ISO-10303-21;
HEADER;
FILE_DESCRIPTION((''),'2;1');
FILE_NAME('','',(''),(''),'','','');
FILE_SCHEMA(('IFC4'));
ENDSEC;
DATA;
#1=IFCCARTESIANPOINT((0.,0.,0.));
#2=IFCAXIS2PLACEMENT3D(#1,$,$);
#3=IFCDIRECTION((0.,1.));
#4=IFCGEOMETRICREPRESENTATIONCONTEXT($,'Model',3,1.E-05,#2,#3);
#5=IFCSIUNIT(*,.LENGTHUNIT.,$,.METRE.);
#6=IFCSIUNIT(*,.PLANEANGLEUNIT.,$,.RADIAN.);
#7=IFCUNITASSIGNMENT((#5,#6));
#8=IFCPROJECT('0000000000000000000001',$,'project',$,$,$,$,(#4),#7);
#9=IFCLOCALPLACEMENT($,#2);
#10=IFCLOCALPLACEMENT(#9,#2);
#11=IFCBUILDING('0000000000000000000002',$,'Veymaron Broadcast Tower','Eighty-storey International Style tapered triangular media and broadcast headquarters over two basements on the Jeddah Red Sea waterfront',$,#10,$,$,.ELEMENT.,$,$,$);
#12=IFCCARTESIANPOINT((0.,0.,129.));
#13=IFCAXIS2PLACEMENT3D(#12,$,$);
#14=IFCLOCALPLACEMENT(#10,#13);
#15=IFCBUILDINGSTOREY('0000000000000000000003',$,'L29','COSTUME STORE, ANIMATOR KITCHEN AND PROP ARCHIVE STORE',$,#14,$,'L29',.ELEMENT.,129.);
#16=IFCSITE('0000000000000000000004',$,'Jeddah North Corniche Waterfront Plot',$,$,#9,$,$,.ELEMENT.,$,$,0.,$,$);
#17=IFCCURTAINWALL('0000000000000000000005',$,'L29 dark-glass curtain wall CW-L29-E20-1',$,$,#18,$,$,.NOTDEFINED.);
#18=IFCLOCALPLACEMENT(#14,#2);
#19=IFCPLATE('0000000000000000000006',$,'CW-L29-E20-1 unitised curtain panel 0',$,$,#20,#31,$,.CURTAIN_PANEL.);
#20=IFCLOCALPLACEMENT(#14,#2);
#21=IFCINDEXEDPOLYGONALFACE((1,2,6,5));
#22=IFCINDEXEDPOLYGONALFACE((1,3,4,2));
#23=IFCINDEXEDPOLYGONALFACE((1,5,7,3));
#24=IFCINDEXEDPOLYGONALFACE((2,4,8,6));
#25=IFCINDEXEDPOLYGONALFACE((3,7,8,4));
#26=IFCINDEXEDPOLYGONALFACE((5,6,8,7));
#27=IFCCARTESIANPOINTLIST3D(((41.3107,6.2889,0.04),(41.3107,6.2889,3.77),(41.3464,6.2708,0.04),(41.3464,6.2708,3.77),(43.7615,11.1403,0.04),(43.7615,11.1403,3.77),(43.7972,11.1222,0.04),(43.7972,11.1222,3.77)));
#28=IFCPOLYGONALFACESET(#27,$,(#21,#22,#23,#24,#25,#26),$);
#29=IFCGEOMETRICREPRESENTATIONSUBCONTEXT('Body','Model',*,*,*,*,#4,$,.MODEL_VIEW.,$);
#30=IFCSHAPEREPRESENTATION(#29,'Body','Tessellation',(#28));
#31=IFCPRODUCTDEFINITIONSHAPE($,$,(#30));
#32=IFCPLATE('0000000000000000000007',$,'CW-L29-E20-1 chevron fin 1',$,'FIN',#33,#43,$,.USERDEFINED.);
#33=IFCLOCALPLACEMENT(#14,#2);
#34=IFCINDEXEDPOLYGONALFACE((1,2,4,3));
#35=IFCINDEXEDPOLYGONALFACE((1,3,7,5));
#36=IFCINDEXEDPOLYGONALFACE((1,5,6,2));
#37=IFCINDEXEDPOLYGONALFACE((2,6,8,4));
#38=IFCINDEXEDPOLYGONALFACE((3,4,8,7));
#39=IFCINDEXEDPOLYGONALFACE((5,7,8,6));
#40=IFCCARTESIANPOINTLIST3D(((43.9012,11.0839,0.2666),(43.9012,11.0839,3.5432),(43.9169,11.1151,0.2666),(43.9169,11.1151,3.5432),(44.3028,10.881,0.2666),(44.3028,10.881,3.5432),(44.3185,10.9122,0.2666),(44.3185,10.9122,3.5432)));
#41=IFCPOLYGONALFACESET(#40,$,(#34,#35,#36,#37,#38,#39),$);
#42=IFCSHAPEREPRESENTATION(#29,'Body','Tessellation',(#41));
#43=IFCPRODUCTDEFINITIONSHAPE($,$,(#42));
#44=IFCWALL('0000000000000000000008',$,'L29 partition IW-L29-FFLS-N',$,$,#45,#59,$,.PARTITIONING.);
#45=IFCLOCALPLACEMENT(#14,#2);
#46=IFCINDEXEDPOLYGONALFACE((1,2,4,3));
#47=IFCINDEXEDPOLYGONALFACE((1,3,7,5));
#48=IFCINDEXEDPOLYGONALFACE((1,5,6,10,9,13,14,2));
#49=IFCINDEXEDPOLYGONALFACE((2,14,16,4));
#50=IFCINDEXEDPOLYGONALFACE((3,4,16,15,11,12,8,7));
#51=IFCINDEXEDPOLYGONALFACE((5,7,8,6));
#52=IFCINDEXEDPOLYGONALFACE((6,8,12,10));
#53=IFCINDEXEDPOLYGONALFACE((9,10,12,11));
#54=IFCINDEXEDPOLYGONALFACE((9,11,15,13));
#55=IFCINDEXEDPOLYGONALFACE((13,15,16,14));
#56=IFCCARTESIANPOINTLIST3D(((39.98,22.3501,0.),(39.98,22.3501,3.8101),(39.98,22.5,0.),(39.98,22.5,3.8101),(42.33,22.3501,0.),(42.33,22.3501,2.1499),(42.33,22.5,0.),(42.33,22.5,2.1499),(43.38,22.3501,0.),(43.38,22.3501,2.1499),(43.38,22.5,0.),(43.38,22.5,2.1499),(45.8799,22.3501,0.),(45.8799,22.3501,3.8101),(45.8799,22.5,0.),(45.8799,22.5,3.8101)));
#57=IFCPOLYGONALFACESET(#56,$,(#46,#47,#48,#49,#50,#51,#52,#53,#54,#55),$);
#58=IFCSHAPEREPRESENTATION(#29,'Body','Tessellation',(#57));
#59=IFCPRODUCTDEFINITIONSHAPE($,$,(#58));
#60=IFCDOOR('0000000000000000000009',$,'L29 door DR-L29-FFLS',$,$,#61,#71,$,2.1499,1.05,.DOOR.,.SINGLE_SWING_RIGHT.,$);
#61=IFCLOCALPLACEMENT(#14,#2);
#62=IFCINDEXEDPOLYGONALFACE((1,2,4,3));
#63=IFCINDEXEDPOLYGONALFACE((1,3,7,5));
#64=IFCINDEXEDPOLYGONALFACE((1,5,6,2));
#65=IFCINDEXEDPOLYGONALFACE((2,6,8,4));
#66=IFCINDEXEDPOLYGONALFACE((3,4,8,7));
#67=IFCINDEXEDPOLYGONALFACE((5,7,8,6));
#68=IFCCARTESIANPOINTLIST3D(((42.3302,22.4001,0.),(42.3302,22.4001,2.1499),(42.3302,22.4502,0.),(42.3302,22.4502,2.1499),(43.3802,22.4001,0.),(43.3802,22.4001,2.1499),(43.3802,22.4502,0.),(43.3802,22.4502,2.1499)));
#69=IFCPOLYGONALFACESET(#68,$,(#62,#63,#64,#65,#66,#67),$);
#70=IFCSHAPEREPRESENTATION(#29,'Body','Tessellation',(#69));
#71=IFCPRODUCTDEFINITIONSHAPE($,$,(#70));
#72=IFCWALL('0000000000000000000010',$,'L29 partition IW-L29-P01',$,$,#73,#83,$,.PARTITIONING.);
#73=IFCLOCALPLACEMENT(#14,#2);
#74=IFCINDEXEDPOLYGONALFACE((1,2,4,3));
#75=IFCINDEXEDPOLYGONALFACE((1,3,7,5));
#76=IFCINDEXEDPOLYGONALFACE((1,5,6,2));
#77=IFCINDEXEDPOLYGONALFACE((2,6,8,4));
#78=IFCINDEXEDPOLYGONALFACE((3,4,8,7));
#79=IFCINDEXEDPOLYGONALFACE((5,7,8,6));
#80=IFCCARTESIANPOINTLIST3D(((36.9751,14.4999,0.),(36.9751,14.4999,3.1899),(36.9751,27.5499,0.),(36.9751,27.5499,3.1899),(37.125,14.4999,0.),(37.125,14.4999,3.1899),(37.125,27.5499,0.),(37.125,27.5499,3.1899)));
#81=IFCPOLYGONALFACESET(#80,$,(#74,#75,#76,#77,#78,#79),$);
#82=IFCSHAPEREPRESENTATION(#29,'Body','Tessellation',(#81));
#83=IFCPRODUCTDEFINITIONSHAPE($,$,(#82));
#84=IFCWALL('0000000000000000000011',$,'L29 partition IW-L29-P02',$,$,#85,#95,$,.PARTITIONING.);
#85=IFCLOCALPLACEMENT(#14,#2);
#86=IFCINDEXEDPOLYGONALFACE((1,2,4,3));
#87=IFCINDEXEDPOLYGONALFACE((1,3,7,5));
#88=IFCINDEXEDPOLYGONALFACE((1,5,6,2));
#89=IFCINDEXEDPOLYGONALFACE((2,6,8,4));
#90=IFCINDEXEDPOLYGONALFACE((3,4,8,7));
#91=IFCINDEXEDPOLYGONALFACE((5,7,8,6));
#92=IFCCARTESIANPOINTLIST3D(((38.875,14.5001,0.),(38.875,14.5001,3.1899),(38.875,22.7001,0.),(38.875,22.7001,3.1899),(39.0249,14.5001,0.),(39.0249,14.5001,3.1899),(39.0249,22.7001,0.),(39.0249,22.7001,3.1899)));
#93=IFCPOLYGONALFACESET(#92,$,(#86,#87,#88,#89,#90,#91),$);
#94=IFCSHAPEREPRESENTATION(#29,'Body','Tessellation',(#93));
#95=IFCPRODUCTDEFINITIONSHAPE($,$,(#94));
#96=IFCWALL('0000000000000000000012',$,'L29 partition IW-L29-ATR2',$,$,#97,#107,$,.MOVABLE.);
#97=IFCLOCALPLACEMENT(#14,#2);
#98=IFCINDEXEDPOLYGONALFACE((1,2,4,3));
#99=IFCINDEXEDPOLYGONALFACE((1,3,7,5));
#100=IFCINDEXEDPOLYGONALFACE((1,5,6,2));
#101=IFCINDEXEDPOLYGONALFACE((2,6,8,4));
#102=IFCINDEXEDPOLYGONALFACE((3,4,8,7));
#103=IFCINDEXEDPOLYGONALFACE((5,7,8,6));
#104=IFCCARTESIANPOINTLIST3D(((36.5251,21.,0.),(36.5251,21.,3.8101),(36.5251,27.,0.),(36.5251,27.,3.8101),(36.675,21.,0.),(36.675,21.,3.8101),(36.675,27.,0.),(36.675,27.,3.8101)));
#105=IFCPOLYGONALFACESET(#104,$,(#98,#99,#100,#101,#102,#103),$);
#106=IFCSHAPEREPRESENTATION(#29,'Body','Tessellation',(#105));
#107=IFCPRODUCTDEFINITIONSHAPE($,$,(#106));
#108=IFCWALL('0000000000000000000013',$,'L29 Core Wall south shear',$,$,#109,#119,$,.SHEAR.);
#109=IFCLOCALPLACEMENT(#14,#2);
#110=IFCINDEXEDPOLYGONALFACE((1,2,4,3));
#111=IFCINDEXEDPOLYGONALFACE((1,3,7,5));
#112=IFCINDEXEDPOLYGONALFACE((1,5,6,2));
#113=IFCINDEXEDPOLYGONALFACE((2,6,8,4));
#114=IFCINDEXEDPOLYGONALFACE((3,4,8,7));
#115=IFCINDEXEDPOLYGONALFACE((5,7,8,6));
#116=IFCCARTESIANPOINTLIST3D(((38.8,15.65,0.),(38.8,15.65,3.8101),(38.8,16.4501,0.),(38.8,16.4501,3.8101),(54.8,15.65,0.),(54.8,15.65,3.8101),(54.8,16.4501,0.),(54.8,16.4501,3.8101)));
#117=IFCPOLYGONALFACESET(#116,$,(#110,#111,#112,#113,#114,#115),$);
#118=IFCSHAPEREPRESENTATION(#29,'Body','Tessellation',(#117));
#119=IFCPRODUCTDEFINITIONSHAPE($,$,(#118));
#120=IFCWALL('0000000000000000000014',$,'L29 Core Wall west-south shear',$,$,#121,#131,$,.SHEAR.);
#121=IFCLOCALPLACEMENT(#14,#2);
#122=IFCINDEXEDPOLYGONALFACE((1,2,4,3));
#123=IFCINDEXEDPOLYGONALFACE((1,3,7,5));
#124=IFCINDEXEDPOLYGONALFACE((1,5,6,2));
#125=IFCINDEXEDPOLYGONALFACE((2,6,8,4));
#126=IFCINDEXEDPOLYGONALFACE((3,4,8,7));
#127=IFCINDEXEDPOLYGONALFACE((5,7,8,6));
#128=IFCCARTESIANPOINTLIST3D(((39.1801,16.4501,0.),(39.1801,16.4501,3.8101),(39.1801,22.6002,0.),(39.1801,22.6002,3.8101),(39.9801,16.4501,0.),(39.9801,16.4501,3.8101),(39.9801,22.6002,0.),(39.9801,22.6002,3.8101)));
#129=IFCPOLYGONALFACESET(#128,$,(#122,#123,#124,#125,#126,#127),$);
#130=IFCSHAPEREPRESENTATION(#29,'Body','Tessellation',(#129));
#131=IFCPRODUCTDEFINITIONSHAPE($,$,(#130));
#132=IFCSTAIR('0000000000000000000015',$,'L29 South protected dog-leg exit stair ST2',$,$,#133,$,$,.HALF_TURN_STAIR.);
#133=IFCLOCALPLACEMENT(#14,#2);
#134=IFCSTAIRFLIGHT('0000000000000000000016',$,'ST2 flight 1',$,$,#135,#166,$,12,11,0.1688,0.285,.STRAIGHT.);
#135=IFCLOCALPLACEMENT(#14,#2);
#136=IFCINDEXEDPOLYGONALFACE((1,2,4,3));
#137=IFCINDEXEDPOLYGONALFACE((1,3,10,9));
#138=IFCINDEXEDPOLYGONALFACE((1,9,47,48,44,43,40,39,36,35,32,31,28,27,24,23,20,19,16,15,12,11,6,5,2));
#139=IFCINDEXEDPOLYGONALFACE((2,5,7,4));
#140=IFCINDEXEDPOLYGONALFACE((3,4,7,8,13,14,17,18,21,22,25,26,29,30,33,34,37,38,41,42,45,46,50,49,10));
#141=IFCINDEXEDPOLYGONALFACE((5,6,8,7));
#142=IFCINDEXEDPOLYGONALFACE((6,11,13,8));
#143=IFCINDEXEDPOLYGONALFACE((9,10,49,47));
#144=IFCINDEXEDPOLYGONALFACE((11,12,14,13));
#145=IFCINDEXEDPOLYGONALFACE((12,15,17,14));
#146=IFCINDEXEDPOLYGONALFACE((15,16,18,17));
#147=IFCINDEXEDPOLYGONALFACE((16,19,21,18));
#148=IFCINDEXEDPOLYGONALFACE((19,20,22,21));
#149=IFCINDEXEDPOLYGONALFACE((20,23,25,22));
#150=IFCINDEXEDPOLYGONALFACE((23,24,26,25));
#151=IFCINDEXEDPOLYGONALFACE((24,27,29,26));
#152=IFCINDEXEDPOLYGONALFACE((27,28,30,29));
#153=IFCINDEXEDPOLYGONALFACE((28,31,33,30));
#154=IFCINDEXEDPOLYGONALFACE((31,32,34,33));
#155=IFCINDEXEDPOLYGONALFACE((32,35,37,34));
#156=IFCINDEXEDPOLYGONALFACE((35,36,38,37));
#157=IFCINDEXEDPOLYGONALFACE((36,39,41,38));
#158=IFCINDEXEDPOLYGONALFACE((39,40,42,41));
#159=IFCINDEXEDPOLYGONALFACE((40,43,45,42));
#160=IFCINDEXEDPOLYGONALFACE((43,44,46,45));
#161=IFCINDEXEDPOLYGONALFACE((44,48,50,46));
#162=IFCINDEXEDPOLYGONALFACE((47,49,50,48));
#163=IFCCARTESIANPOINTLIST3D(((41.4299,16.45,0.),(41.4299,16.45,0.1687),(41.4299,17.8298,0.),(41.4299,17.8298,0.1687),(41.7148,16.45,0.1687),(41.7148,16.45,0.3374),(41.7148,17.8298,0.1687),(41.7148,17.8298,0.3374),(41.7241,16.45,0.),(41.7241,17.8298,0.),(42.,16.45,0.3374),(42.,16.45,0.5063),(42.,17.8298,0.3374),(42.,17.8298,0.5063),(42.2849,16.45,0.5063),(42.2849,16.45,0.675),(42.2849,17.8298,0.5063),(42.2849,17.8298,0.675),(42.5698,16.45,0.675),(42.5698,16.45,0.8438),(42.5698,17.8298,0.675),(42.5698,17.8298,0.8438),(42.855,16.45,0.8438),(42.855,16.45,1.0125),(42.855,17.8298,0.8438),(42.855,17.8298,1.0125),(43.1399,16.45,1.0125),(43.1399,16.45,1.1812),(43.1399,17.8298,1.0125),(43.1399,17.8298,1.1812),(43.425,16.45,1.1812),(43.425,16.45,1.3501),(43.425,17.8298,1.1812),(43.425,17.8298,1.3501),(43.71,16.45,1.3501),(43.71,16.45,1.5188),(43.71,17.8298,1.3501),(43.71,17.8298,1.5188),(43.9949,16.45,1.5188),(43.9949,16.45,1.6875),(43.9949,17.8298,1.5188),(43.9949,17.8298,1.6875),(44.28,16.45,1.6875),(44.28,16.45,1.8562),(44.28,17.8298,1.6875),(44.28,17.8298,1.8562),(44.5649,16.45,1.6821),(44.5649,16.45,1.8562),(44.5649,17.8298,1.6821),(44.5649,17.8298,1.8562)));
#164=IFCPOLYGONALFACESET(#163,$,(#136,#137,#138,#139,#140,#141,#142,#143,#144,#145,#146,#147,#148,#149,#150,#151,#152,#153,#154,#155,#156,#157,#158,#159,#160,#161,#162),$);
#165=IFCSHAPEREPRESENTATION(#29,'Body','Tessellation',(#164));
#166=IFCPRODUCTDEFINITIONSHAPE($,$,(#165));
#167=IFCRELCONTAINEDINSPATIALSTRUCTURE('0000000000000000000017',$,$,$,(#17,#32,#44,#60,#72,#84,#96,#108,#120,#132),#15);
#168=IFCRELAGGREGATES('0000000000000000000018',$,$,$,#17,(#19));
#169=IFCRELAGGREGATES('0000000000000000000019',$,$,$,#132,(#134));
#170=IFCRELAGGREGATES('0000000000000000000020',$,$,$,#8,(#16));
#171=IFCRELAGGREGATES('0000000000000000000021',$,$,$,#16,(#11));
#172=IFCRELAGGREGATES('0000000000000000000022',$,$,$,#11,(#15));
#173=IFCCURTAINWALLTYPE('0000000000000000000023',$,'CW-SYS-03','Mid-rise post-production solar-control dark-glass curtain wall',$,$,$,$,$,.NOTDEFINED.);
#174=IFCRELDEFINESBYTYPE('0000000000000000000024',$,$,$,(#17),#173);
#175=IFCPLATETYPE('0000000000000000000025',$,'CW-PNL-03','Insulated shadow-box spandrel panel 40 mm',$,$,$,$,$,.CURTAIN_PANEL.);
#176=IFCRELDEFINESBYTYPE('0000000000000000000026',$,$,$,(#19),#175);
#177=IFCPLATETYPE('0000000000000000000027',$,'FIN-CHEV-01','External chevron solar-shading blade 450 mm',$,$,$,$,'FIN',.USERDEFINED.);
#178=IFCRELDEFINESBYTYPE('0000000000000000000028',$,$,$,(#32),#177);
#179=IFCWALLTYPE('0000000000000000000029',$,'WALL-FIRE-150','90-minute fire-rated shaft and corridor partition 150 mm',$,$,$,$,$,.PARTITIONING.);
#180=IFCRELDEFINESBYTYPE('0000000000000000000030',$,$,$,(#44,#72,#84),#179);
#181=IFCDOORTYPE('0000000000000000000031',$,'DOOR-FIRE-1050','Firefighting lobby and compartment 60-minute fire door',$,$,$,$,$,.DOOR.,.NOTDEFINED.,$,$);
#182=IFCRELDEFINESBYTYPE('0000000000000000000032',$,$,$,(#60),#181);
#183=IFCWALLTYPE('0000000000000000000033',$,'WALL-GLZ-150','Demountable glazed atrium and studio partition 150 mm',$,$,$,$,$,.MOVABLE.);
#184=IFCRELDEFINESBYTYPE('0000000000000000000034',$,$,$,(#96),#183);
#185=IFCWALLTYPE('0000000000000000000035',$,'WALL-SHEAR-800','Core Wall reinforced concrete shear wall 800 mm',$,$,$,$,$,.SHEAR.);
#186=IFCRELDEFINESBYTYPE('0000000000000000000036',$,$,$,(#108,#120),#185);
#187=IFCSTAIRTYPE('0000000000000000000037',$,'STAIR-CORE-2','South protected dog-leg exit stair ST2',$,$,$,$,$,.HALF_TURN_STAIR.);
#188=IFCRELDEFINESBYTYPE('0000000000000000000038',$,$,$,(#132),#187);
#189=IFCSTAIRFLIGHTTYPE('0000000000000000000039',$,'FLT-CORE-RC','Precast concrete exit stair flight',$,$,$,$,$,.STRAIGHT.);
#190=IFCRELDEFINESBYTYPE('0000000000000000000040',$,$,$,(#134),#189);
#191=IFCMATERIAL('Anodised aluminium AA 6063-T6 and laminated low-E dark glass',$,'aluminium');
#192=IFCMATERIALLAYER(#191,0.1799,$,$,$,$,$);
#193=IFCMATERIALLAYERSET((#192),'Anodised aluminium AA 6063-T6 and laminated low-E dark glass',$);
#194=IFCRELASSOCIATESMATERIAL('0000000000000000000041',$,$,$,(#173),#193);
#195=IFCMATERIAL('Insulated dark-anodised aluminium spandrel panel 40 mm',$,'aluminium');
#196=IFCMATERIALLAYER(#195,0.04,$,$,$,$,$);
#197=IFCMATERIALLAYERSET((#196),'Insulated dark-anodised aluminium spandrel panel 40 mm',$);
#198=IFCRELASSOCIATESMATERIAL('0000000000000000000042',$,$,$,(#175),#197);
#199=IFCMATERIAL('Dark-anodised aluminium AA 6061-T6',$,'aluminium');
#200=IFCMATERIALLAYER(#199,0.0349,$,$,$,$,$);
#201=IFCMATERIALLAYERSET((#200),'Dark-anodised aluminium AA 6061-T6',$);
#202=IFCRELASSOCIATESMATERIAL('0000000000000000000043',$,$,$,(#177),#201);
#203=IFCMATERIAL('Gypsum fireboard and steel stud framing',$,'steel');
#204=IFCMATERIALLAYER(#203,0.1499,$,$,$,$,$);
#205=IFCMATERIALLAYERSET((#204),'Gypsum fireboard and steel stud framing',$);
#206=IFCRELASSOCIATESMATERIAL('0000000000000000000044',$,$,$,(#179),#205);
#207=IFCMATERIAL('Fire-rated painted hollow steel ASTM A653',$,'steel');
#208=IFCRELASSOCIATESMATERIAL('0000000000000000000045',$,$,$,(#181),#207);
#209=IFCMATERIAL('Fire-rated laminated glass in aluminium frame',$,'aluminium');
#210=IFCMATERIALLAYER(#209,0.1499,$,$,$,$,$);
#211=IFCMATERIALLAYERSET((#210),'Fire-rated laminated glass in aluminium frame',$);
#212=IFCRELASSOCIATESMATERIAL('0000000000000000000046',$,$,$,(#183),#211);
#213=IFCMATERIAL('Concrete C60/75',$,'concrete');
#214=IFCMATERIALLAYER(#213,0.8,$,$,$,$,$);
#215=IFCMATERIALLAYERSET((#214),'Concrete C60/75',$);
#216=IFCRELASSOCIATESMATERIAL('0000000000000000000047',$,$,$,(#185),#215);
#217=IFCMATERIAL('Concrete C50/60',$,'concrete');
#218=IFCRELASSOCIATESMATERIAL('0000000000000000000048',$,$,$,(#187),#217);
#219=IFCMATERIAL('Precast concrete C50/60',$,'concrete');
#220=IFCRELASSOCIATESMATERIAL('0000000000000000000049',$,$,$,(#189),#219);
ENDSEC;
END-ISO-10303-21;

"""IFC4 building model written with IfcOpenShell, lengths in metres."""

from ifc_helpers import new_model, si_unit, direction, frame, frame_2d, origin, origin_2d, place, context, subcontext, project, spatial, polyline, rectangle, outline, extrude, material, layer, layer_set, type_object, element, fill, aggregate, save


model = new_model("IFC4")

# Units and contexts
model_context = context("Model", 3, precision=1e-05, world=origin(), true_north=direction((0.0, 1.0)))
body_context = subcontext(model_context, "Body", "Model", "MODEL_VIEW")
ifc_project = project(units=[si_unit("LENGTHUNIT", "METRE"), si_unit("PLANEANGLEUNIT", "RADIAN")], contexts=[model_context])

# Site, building, storey
site_placement = place(None, origin())
site = spatial("IfcSite", under=ifc_project, at=site_placement, Name="Jeddah North Corniche Waterfront Plot", CompositionType="ELEMENT", RefElevation=0.0)
building_placement = place(site_placement, origin())
building = spatial("IfcBuilding", under=site, at=building_placement, Name="Veymaron Broadcast Tower", Description="Eighty-storey International Style tapered triangular media and broadcast headquarters over two basements on the Jeddah Red Sea waterfront", CompositionType="ELEMENT")
storey_placement = place(building_placement, frame((0.0, 0.0, 129.0)))
storey = spatial("IfcBuildingStorey", under=building, at=storey_placement, Name="L29", Description="COSTUME STORE, ANIMATOR KITCHEN AND PROP ARCHIVE STORE", LongName="L29", CompositionType="ELEMENT", Elevation=129.0)

# Curtain wall, plate
ifc_material_1 = material(Name="Anodised aluminium AA 6063-T6 and laminated low-E dark glass", Category="aluminium")
ifc_layer_1 = layer(ifc_material_1, 0.1799)
ifc_layer_set_1 = layer_set([ifc_layer_1], Name="Anodised aluminium AA 6063-T6 and laminated low-E dark glass")
curtain_wall_type = type_object("IfcCurtainWallType", Name="CW-SYS-03", Description="Mid-rise post-production solar-control dark-glass curtain wall", PredefinedType="NOTDEFINED", material=ifc_layer_set_1)
curtain_wall_placement = place(storey_placement, origin())
curtain_wall = element("IfcCurtainWall", 1, at=curtain_wall_placement, inside=storey, type_object=curtain_wall_type, Name="L29 dark-glass curtain wall CW-L29-E20-1", PredefinedType="NOTDEFINED")
ifc_material_2 = material(Name="Insulated dark-anodised aluminium spandrel panel 40 mm", Category="aluminium")
ifc_layer_2 = layer(ifc_material_2, 0.04)
ifc_layer_set_2 = layer_set([ifc_layer_2], Name="Insulated dark-anodised aluminium spandrel panel 40 mm")
plate_type_1 = type_object("IfcPlateType", Name="CW-PNL-03", Description="Insulated shadow-box spandrel panel 40 mm", PredefinedType="CURTAIN_PANEL", material=ifc_layer_set_2)
plate_1_placement = place(storey_placement, frame((42.554, 8.7056, 0.04), z_axis=(0.0, 0.0, 1.0), x_axis=(0.450909, 0.89257, 0.0)))
plate_1 = element("IfcPlate", 2, at=plate_1_placement, type_object=plate_type_1, Name="CW-L29-E20-1 unitised curtain panel 0", PredefinedType="CURTAIN_PANEL", context=body_context, shape_type="SweptSolid", body=[
    extrude(rectangle(XDim=5.4353, YDim=0.04, at=origin_2d()), origin(), (0.0, 0.0, 1.0), 3.73),
])
aggregate(curtain_wall, [plate_1])

# Plate
ifc_material_3 = material(Name="Dark-anodised aluminium AA 6061-T6", Category="aluminium")
ifc_layer_3 = layer(ifc_material_3, 0.0349)
ifc_layer_set_3 = layer_set([ifc_layer_3], Name="Dark-anodised aluminium AA 6061-T6")
plate_type_2 = type_object("IfcPlateType", Name="FIN-CHEV-01", Description="External chevron solar-shading blade 450 mm", ElementType="FIN", PredefinedType="USERDEFINED", material=ifc_layer_set_3)
plate_2_placement = place(storey_placement, frame((44.1099, 10.998, 0.2666), z_axis=(0.0, 0.0, 1.0), x_axis=(0.89257, -0.450909, 0.0)))
element("IfcPlate", 3, at=plate_2_placement, inside=storey, type_object=plate_type_2, Name="CW-L29-E20-1 chevron fin 1", ObjectType="FIN", PredefinedType="USERDEFINED", context=body_context, shape_type="SweptSolid", body=[
    extrude(rectangle(XDim=0.45, YDim=0.0349, at=origin_2d()), origin(), (0.0, 0.0, 1.0), 3.2766),
])

# Wall, opening, door
ifc_material_4 = material(Name="Gypsum fireboard and steel stud framing", Category="steel")
ifc_layer_4 = layer(ifc_material_4, 0.1499)
ifc_layer_set_4 = layer_set([ifc_layer_4], Name="Gypsum fireboard and steel stud framing")
wall_type_1 = type_object("IfcWallType", Name="WALL-FIRE-150", Description="90-minute fire-rated shaft and corridor partition 150 mm", PredefinedType="PARTITIONING", material=ifc_layer_set_4)
wall_1_placement = place(storey_placement, frame((39.98, 22.425, 0.0), z_axis=(0.0, 0.0, 1.0), x_axis=(1.0, 0.0, 0.0)))
wall_1 = element("IfcWall", 4, at=wall_1_placement, inside=storey, type_object=wall_type_1, Name="L29 partition IW-L29-FFLS-N", PredefinedType="PARTITIONING", context=body_context, shape_type="SweptSolid", body=[
    extrude(rectangle(XDim=5.8999, YDim=0.1499, at=frame_2d((2.95, 0.0))), origin(), (0.0, 0.0, 1.0), 3.8101),
])
opening_1_placement = place(wall_1_placement, frame((2.3501, 0.0, 0.0)))
opening_1 = element("IfcOpeningElement", 5, at=opening_1_placement, cuts=wall_1, PredefinedType="OPENING", context=body_context, shape_type="SweptSolid", body=[
    extrude(rectangle(XDim=1.05, YDim=2.1499, at=frame_2d((0.5249, 1.075))), frame((0.0, 0.085, 0.0), z_axis=(0.0, -1.0, 0.0), x_axis=(1.0, 0.0, 0.0)), (0.0, 0.0, 1.0), 0.1699),
])
ifc_material_5 = material(Name="Fire-rated painted hollow steel ASTM A653", Category="steel")
door_type_1 = type_object("IfcDoorType", Name="DOOR-FIRE-1050", Description="Firefighting lobby and compartment 60-minute fire door", OperationType="NOTDEFINED", PredefinedType="DOOR", material=ifc_material_5)
door_1_placement = place(opening_1_placement, frame((1.05, 0.0, 0.0), z_axis=(0.0, 0.0, 1.0), x_axis=(-1.0, 0.0, 0.0)))
door_1 = element("IfcDoor", 6, at=door_1_placement, inside=storey, type_object=door_type_1, Name="L29 door DR-L29-FFLS", OperationType="SINGLE_SWING_RIGHT", OverallHeight=2.1499, OverallWidth=1.05, PredefinedType="DOOR", context=body_context, shape_type="SweptSolid", body=[
    extrude(rectangle(XDim=1.05, YDim=2.1499, at=frame_2d((0.5249, 1.075))), frame((0.0, 0.0249, 0.0), z_axis=(0.0, -1.0, 0.0), x_axis=(1.0, 0.0, 0.0)), (0.0, 0.0, 1.0), 0.05),
])
fill(opening_1, door_1)

# Walls
wall_2_placement = place(storey_placement, frame((37.05, 14.5, 0.0), z_axis=(0.0, 0.0, 1.0), x_axis=(0.0, 1.0, 0.0)))
element("IfcWall", 7, at=wall_2_placement, inside=storey, type_object=wall_type_1, Name="L29 partition IW-L29-P01", PredefinedType="PARTITIONING", context=body_context, shape_type="SweptSolid", body=[
    extrude(rectangle(XDim=13.05, YDim=0.1499, at=frame_2d((6.5249, 0.0))), origin(), (0.0, 0.0, 1.0), 3.1899),
])
wall_3_placement = place(storey_placement, frame((38.95, 14.5, 0.0), z_axis=(0.0, 0.0, 1.0), x_axis=(0.0, 1.0, 0.0)))
element("IfcWall", 8, at=wall_3_placement, inside=storey, type_object=wall_type_1, Name="L29 partition IW-L29-P02", PredefinedType="PARTITIONING", context=body_context, shape_type="SweptSolid", body=[
    extrude(rectangle(XDim=8.2, YDim=0.1499, at=frame_2d((4.1001, 0.0))), origin(), (0.0, 0.0, 1.0), 3.1899),
])
ifc_material_6 = material(Name="Fire-rated laminated glass in aluminium frame", Category="aluminium")
ifc_layer_5 = layer(ifc_material_6, 0.1499)
ifc_layer_set_5 = layer_set([ifc_layer_5], Name="Fire-rated laminated glass in aluminium frame")
wall_type_2 = type_object("IfcWallType", Name="WALL-GLZ-150", Description="Demountable glazed atrium and studio partition 150 mm", PredefinedType="MOVABLE", material=ifc_layer_set_5)
wall_4_placement = place(storey_placement, frame((36.6001, 21.0, 0.0), z_axis=(0.0, 0.0, 1.0), x_axis=(0.0, 1.0, 0.0)))
element("IfcWall", 9, at=wall_4_placement, inside=storey, type_object=wall_type_2, Name="L29 partition IW-L29-ATR2", PredefinedType="MOVABLE", context=body_context, shape_type="SweptSolid", body=[
    extrude(rectangle(XDim=6.0, YDim=0.1499, at=frame_2d((3.0, 0.0))), origin(), (0.0, 0.0, 1.0), 3.8101),
])

# Shared definitions
ifc_material_7 = material(Name="Concrete C50/60", Category="concrete")

# Walls
ifc_material_8 = material(Name="Concrete C60/75", Category="concrete")
ifc_layer_6 = layer(ifc_material_8, 0.8)
ifc_layer_set_6 = layer_set([ifc_layer_6], Name="Concrete C60/75")
wall_type_3 = type_object("IfcWallType", Name="WALL-SHEAR-800", Description="Core Wall reinforced concrete shear wall 800 mm", PredefinedType="SHEAR", material=ifc_layer_set_6)
wall_5_placement = place(storey_placement, frame((38.8, 16.05, 0.0), z_axis=(0.0, 0.0, 1.0), x_axis=(1.0, 0.0, 0.0)))
element("IfcWall", 10, at=wall_5_placement, inside=storey, type_object=wall_type_3, Name="L29 Core Wall south shear", PredefinedType="SHEAR", context=body_context, shape_type="SweptSolid", body=[
    extrude(rectangle(XDim=16.0, YDim=0.8, at=frame_2d((8.0, 0.0))), origin(), (0.0, 0.0, 1.0), 3.8101),
])
wall_6_placement = place(storey_placement, frame((39.5801, 16.45, 0.0), z_axis=(0.0, 0.0, 1.0), x_axis=(0.0, 1.0, 0.0)))
element("IfcWall", 11, at=wall_6_placement, inside=storey, type_object=wall_type_3, Name="L29 Core Wall west-south shear", PredefinedType="SHEAR", context=body_context, shape_type="SweptSolid", body=[
    extrude(rectangle(XDim=6.1501, YDim=0.8, at=frame_2d((3.0752, 0.0))), origin(), (0.0, 0.0, 1.0), 3.8101),
])

# Stair, stair flight
stair_type = type_object("IfcStairType", Name="STAIR-CORE-2", Description="South protected dog-leg exit stair ST2", PredefinedType="HALF_TURN_STAIR", material=ifc_material_7)
stair_placement = place(storey_placement, origin())
stair = element("IfcStair", 12, at=stair_placement, inside=storey, type_object=stair_type, Name="L29 South protected dog-leg exit stair ST2", PredefinedType="HALF_TURN_STAIR")
ifc_material_9 = material(Name="Precast concrete C50/60", Category="concrete")
stair_flight_type = type_object("IfcStairFlightType", Name="FLT-CORE-RC", Description="Precast concrete exit stair flight", PredefinedType="STRAIGHT", material=ifc_material_9)
stair_flight_1_placement = place(storey_placement, frame((41.4299, 17.1399, 0.0), z_axis=(0.0, 0.0, 1.0), x_axis=(1.0, 0.0, 0.0)))
stair_flight_1 = element("IfcStairFlight", 13, at=stair_flight_1_placement, type_object=stair_flight_type, Name="ST2 flight 1", NumberOfRisers=12, NumberOfTreads=11, PredefinedType="STRAIGHT", RiserHeight=0.1688, TreadLength=0.285, context=body_context, shape_type="SweptSolid", body=[
    extrude(outline(polyline([(0.0, 0.0), (0.0, 0.1687), (0.2849, 0.1687), (0.2849, 0.3374), (0.5701, 0.3374), (0.5701, 0.5063), (0.855, 0.5063), (0.855, 0.675), (1.1399, 0.675), (1.1399, 0.8438), (1.425, 0.8438), (1.425, 1.0125), (1.71, 1.0125), (1.71, 1.1812), (1.9951, 1.1812), (1.9951, 1.3501), (2.28, 1.3501), (2.28, 1.5188), (2.5649, 1.5188), (2.5649, 1.6875), (2.8501, 1.6875), (2.8501, 1.8562), (3.135, 1.8562), (3.135, 2.0249), (3.135, 1.6821), (0.2942, 0.0), (0.0, 0.0)])), frame((0.0, 0.6899, 0.0), z_axis=(0.0, -1.0, 0.0), x_axis=(1.0, 0.0, 0.0)), (0.0, 0.0, 1.0), 1.3799),
])
aggregate(stair, [stair_flight_1])

save(model, "model.ifc")
